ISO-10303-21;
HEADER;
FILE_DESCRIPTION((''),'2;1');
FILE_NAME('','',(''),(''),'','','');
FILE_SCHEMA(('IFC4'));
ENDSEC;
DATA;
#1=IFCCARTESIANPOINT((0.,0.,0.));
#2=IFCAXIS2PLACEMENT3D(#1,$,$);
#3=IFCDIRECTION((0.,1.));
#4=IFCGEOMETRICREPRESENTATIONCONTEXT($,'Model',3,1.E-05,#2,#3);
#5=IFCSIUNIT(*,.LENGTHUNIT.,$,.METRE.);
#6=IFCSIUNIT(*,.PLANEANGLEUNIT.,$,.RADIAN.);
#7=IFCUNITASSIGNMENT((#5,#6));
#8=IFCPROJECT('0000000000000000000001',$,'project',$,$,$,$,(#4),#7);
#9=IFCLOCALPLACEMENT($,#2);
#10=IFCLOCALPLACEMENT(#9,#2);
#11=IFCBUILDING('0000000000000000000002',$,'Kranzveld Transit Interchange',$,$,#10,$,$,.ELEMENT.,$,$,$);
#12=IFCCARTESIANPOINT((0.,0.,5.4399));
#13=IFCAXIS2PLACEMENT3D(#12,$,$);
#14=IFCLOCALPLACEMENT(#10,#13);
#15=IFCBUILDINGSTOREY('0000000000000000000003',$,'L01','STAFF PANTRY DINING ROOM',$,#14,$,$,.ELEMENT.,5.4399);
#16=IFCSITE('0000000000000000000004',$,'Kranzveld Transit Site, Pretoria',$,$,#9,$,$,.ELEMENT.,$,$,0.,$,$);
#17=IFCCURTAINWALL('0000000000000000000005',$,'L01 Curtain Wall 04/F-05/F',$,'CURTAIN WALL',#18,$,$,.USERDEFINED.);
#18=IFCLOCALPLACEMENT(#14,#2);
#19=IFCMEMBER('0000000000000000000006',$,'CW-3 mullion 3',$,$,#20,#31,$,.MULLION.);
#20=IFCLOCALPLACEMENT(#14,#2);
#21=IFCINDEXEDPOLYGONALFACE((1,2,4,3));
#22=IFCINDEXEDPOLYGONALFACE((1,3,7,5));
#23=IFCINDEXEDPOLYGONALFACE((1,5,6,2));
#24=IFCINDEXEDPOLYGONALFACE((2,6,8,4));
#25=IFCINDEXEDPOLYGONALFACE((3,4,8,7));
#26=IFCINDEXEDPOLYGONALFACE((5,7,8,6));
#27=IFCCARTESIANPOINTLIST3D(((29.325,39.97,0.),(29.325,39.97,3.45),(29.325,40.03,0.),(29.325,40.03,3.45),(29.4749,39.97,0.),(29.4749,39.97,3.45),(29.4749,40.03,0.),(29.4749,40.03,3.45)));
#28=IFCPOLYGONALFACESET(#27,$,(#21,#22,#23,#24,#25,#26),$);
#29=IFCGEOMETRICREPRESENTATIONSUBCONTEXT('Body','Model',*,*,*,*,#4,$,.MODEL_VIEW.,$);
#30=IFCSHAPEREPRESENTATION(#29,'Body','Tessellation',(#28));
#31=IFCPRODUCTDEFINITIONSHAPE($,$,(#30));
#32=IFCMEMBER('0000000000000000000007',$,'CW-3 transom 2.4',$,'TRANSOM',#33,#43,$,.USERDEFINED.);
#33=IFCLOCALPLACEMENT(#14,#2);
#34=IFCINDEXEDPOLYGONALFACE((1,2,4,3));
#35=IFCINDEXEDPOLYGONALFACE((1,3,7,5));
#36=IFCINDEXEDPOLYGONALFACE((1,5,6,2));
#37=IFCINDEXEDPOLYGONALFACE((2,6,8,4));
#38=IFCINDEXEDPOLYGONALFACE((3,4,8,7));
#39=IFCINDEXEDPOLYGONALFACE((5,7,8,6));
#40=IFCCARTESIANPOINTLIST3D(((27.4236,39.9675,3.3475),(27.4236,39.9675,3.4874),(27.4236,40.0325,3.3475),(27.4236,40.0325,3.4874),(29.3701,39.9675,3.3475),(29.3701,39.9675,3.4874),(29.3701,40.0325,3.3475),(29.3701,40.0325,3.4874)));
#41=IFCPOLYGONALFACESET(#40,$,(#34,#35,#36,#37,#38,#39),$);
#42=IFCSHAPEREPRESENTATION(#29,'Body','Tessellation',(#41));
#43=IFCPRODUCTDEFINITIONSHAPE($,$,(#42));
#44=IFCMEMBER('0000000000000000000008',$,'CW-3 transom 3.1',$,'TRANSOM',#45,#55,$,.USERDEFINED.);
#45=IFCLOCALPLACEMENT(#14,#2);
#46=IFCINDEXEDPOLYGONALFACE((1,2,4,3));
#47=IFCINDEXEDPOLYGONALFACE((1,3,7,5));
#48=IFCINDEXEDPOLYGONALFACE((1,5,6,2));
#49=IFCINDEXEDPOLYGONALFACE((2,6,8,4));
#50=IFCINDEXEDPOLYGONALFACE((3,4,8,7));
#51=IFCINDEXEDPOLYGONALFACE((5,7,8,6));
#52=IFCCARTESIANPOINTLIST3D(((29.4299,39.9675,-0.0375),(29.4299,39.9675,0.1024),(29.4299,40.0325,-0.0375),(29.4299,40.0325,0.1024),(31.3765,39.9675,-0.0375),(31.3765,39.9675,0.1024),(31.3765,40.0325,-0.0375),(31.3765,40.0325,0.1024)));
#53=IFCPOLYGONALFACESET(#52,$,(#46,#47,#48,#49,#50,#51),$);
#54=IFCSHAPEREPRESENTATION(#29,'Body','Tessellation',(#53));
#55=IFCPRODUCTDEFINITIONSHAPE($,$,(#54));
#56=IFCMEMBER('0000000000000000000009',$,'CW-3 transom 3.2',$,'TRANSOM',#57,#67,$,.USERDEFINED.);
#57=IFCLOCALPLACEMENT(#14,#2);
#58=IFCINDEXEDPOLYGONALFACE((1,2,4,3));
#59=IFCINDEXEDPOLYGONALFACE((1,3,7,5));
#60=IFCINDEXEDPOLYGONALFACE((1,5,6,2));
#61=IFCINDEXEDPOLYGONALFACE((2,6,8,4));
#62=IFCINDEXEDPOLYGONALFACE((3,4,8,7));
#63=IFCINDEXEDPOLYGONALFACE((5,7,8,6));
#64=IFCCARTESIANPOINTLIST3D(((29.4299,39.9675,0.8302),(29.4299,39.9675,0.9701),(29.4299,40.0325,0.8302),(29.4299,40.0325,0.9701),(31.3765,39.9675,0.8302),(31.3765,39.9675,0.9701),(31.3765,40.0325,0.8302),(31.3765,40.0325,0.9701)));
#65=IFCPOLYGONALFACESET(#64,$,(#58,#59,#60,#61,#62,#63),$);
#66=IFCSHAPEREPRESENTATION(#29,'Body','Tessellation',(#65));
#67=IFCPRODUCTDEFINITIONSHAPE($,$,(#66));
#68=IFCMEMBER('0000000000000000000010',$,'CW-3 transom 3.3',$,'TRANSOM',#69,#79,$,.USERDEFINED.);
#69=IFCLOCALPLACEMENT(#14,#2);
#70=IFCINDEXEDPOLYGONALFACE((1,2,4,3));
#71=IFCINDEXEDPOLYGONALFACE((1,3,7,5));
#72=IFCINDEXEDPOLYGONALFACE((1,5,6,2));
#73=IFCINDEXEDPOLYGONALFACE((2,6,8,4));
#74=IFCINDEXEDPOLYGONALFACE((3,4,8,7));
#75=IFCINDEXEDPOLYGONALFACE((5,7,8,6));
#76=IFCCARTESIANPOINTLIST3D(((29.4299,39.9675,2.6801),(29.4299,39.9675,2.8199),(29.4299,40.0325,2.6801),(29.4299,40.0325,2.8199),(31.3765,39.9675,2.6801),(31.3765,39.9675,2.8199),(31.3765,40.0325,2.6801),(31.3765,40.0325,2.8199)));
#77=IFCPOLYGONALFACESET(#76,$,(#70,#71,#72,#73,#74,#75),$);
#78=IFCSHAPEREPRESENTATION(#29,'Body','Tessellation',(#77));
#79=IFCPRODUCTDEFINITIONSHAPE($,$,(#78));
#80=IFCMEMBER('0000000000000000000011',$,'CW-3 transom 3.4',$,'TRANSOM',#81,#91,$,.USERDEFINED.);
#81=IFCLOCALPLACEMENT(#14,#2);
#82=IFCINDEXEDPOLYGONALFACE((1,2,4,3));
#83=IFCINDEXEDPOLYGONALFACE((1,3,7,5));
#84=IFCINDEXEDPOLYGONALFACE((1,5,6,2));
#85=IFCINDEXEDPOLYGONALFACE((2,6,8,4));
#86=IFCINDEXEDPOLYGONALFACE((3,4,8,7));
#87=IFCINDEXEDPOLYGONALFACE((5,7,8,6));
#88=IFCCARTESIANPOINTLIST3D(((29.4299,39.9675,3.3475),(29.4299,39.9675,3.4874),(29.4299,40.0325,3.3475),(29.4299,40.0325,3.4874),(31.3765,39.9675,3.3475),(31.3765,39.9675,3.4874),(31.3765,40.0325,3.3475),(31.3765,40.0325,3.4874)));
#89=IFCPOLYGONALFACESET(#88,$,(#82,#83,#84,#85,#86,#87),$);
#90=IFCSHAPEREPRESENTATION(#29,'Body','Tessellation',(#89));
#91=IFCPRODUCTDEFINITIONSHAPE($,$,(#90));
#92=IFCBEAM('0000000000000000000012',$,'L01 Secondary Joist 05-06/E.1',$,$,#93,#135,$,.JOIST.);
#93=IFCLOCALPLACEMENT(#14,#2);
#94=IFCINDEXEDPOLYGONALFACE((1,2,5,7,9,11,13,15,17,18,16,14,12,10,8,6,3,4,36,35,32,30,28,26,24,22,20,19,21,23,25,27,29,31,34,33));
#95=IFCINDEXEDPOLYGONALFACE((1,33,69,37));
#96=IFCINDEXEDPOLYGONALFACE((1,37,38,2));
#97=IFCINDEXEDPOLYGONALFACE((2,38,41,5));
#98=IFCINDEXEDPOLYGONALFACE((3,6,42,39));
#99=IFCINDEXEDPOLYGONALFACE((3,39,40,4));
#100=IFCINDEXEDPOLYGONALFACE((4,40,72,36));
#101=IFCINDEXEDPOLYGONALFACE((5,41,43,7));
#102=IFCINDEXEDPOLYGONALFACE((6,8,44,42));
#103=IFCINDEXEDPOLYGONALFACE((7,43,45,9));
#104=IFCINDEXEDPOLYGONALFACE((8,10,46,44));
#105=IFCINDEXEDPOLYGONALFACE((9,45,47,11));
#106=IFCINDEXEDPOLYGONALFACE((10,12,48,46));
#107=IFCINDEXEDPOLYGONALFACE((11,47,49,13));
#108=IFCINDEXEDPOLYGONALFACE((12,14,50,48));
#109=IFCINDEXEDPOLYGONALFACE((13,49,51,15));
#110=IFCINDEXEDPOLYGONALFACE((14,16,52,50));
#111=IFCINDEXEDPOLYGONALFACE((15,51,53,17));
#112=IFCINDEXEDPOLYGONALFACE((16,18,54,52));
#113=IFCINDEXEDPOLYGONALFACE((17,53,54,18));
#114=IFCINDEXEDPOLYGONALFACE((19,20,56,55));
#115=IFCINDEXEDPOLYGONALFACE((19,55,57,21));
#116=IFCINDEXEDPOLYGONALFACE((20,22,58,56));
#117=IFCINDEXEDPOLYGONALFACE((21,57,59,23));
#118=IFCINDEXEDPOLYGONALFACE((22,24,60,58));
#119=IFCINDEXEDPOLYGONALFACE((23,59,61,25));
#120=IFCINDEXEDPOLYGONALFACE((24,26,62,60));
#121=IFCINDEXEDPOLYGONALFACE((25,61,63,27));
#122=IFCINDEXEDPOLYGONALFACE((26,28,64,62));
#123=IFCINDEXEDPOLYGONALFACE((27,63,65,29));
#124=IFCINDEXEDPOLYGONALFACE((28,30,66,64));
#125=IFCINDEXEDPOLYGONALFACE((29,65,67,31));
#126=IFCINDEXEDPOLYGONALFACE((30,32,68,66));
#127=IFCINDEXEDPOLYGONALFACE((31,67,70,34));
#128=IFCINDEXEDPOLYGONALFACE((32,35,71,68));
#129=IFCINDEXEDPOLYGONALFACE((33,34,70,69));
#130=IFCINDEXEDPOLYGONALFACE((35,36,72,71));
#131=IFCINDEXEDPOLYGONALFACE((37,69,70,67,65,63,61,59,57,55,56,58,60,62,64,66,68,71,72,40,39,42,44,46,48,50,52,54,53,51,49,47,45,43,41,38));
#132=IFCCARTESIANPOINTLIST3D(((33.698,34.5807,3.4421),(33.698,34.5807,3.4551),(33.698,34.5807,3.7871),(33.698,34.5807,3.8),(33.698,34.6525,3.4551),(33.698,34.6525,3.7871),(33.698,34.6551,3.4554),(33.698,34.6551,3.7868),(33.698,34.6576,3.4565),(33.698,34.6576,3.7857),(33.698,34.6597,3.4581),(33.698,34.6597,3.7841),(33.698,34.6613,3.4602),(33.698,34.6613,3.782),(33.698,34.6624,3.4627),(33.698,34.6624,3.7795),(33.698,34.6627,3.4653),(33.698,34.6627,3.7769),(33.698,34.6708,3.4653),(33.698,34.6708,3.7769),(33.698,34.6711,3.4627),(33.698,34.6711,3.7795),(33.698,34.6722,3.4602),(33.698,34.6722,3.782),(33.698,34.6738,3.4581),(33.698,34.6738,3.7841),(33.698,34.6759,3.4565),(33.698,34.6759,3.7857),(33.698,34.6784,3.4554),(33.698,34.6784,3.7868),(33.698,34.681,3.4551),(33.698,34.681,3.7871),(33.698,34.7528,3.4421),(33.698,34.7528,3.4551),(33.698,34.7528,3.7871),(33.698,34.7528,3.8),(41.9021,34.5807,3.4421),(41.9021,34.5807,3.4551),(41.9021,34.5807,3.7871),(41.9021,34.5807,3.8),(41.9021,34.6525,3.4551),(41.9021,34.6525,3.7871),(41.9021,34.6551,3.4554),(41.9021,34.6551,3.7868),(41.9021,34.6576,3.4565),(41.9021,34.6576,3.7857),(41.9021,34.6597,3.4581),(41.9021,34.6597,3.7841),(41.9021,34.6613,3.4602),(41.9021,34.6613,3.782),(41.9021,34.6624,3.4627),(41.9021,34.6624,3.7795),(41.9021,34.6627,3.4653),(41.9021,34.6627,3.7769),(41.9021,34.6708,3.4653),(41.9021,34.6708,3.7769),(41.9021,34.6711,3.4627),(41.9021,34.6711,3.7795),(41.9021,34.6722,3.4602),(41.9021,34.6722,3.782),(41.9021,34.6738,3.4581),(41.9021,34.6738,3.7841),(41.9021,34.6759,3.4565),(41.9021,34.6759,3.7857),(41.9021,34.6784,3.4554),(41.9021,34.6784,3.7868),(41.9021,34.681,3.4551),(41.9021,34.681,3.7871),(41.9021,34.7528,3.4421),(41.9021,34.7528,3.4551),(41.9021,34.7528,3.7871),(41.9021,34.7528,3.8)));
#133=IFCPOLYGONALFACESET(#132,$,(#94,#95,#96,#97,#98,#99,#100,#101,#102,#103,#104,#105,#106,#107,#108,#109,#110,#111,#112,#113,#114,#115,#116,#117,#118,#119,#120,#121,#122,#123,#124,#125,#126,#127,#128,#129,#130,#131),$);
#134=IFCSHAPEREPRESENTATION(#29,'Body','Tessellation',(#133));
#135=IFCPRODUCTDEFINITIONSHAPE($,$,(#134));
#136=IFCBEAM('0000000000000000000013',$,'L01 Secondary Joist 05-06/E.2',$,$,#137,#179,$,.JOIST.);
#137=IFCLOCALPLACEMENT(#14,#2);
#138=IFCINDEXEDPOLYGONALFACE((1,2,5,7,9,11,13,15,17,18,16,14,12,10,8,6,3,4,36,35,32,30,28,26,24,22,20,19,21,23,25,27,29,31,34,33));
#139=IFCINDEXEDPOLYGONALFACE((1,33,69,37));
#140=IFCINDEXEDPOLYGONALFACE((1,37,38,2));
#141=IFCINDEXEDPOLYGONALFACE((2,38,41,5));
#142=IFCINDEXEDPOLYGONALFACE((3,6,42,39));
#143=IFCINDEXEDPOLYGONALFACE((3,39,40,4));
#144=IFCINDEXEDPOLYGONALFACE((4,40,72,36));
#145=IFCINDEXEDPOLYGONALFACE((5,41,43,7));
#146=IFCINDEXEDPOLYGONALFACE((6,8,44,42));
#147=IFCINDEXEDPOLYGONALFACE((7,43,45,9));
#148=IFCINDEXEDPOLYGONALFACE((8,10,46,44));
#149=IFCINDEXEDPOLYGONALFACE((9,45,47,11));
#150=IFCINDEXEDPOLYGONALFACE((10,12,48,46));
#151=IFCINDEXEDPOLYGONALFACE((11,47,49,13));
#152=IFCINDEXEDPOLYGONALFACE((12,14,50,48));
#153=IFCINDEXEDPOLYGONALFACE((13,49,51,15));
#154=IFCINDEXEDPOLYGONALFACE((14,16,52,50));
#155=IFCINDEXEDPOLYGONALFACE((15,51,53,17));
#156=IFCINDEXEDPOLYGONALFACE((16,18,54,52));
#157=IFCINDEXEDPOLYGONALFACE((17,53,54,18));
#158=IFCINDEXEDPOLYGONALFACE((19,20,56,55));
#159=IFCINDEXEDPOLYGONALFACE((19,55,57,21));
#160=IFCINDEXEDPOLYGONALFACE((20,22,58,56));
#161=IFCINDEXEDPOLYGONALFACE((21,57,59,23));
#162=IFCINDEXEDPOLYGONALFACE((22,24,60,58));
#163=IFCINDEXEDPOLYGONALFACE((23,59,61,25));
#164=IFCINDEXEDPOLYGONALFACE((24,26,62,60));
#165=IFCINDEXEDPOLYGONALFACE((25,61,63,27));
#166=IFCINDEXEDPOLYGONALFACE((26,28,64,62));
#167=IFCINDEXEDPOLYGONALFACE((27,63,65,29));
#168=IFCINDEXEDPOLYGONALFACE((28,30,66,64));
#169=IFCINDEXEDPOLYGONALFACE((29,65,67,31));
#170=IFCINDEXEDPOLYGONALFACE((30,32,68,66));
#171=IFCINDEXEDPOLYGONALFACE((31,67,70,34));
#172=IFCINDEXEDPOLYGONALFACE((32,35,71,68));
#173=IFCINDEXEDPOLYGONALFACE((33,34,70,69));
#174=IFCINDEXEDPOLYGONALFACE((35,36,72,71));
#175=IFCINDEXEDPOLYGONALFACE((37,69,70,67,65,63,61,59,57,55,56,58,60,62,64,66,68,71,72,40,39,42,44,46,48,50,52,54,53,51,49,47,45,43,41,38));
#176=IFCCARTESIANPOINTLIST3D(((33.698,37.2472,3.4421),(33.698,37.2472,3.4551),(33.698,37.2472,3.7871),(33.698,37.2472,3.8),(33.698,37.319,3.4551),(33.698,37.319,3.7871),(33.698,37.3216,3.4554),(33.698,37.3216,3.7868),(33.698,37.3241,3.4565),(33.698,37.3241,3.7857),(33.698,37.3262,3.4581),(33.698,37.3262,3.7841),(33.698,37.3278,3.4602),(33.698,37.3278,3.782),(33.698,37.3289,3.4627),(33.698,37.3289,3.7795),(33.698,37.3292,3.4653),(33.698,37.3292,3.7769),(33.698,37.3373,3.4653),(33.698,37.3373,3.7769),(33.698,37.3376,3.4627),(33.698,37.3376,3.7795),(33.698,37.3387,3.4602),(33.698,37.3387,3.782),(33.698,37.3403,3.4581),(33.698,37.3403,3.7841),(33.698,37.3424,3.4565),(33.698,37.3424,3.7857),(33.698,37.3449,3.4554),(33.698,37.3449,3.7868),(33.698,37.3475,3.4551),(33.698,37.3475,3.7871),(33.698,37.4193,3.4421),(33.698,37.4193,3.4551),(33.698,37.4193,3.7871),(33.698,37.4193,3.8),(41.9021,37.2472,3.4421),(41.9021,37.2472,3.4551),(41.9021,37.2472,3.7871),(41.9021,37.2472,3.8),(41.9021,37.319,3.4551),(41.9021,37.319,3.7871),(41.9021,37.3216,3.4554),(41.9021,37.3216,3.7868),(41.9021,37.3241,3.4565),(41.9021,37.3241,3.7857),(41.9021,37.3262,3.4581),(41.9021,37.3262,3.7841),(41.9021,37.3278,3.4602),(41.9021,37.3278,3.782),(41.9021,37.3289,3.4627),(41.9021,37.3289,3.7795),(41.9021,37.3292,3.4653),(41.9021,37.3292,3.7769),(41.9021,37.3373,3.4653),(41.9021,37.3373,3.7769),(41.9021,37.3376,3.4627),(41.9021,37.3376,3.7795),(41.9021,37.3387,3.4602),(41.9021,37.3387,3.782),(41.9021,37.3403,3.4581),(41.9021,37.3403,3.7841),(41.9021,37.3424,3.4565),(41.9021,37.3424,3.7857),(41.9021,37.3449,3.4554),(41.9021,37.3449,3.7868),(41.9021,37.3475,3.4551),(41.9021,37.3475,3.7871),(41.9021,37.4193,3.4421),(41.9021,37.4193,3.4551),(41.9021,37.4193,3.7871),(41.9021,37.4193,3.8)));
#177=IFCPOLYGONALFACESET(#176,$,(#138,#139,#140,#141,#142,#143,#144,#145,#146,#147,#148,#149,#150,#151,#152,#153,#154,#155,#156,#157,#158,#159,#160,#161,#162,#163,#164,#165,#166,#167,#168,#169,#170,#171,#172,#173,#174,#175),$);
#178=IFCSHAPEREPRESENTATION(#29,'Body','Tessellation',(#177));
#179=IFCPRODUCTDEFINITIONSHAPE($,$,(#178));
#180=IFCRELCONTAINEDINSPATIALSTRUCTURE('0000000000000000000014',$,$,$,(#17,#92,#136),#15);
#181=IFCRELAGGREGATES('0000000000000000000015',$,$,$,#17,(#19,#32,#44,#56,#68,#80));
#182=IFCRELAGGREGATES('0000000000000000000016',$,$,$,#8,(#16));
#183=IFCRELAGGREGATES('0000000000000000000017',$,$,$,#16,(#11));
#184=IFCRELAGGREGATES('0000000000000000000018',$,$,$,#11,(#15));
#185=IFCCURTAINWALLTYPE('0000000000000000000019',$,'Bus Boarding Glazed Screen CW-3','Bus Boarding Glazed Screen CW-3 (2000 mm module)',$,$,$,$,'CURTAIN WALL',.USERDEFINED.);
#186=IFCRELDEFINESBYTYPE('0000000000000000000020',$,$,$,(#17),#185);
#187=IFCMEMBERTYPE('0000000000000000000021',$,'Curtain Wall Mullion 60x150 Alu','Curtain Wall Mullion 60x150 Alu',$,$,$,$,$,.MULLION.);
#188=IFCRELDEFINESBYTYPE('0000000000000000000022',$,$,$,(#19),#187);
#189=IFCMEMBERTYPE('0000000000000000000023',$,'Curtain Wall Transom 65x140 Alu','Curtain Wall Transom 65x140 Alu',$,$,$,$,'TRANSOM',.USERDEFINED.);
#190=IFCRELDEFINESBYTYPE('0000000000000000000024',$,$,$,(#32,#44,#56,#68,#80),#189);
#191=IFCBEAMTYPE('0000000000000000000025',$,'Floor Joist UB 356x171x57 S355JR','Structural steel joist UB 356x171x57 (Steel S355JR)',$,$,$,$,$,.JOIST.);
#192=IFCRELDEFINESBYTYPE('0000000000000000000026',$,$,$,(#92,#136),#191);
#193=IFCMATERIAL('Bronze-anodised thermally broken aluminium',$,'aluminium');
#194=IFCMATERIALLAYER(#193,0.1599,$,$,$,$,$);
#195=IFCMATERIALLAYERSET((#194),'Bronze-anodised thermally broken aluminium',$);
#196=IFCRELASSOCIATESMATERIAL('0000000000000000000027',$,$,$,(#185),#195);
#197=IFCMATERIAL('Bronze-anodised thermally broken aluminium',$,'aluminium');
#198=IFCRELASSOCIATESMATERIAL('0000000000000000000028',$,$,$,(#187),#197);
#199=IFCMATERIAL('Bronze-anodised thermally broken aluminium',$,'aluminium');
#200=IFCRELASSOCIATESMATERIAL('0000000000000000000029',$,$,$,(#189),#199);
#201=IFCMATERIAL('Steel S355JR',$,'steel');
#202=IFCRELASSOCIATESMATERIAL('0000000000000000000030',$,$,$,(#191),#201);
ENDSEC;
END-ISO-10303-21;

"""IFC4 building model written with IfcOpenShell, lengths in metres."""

from ifc_helpers import new_model, si_unit, direction, frame, origin, origin_2d, place, context, subcontext, project, spatial, rectangle, i_section, extrude, material, layer, layer_set, material_profile, profile_set, type_object, element, aggregate, save


model = new_model("IFC4")

# Units and contexts
model_context = context("Model", 3, precision=1e-05, world=origin(), true_north=direction((0.0, 1.0)))
body_context = subcontext(model_context, "Body", "Model", "MODEL_VIEW")
ifc_project = project(units=[si_unit("LENGTHUNIT", "METRE"), si_unit("PLANEANGLEUNIT", "RADIAN")], contexts=[model_context])

# Site, building, storey
site_placement = place(None, origin())
site = spatial("IfcSite", under=ifc_project, at=site_placement, Name="Kranzveld Transit Site, Pretoria", CompositionType="ELEMENT", RefElevation=0.0)
building_placement = place(site_placement, origin())
building = spatial("IfcBuilding", under=site, at=building_placement, Name="Kranzveld Transit Interchange", CompositionType="ELEMENT")
storey_placement = place(building_placement, frame((0.0, 0.0, 5.4399)))
storey = spatial("IfcBuildingStorey", under=building, at=storey_placement, Name="L01", Description="STAFF PANTRY DINING ROOM", CompositionType="ELEMENT", Elevation=5.4399)

# Curtain wall, members
ifc_material_1 = material(Name="Bronze-anodised thermally broken aluminium", Category="aluminium")
ifc_layer_1 = layer(ifc_material_1, 0.1599)
ifc_layer_set_1 = layer_set([ifc_layer_1], Name="Bronze-anodised thermally broken aluminium")
curtain_wall_type = type_object("IfcCurtainWallType", Name="Bus Boarding Glazed Screen CW-3", Description="Bus Boarding Glazed Screen CW-3 (2000 mm module)", ElementType="CURTAIN WALL", PredefinedType="USERDEFINED", material=ifc_layer_set_1)
curtain_wall_placement = place(storey_placement, origin())
curtain_wall = element("IfcCurtainWall", 1, at=curtain_wall_placement, inside=storey, type_object=curtain_wall_type, Name="L01 Curtain Wall 04/F-05/F", ObjectType="CURTAIN WALL", PredefinedType="USERDEFINED")
ifc_material_2 = material(Name="Bronze-anodised thermally broken aluminium", Category="aluminium")
ifc_material_profile_1 = material_profile(ifc_material_2, rectangle(XDim=0.0601, YDim=0.1499, at=origin_2d()), Name="ALU MULLION 60x150")
ifc_profile_set_1 = profile_set([ifc_material_profile_1], Name="Bronze-anodised thermally broken aluminium")
member_type_1 = type_object("IfcMemberType", Name="Curtain Wall Mullion 60x150 Alu", Description="Curtain Wall Mullion 60x150 Alu", PredefinedType="MULLION", material=ifc_profile_set_1)
member_1_placement = place(storey_placement, frame((29.3999, 40.0, 0.0), z_axis=(0.0, 0.0, 1.0), x_axis=(0.0, 1.0, 0.0)))
member_1 = element("IfcMember", 2, at=member_1_placement, type_object=member_type_1, Name="CW-3 mullion 3", PredefinedType="MULLION", context=body_context, shape_type="SweptSolid", body=[
    extrude(rectangle(XDim=0.0601, YDim=0.1499, at=origin_2d()), origin(), (0.0, 0.0, 1.0), 3.45),
])
ifc_material_3 = material(Name="Bronze-anodised thermally broken aluminium", Category="aluminium")
ifc_material_profile_2 = material_profile(ifc_material_3, rectangle(XDim=0.0649, YDim=0.1399, at=origin_2d()), Name="ALU TRANSOM 65x140")
ifc_profile_set_2 = profile_set([ifc_material_profile_2], Name="Bronze-anodised thermally broken aluminium")
member_type_2 = type_object("IfcMemberType", Name="Curtain Wall Transom 65x140 Alu", Description="Curtain Wall Transom 65x140 Alu", ElementType="TRANSOM", PredefinedType="USERDEFINED", material=ifc_profile_set_2)
member_2_placement = place(storey_placement, frame((27.4236, 40.0, 3.4175), z_axis=(1.0, 0.0, 0.0), x_axis=(0.0, 1.0, 0.0)))
member_2 = element("IfcMember", 3, at=member_2_placement, type_object=member_type_2, Name="CW-3 transom 2.4", ObjectType="TRANSOM", PredefinedType="USERDEFINED", context=body_context, shape_type="SweptSolid", body=[
    extrude(rectangle(XDim=0.0649, YDim=0.1399, at=origin_2d()), origin(), (0.0, 0.0, 1.0), 1.9465),
])
member_3_placement = place(storey_placement, frame((29.4299, 40.0, 0.0325), z_axis=(1.0, 0.0, 0.0), x_axis=(0.0, 1.0, 0.0)))
member_3 = element("IfcMember", 4, at=member_3_placement, type_object=member_type_2, Name="CW-3 transom 3.1", ObjectType="TRANSOM", PredefinedType="USERDEFINED", context=body_context, shape_type="SweptSolid", body=[
    extrude(rectangle(XDim=0.0649, YDim=0.1399, at=origin_2d()), origin(), (0.0, 0.0, 1.0), 1.9465),
])
member_4_placement = place(storey_placement, frame((29.4299, 40.0, 0.9001), z_axis=(1.0, 0.0, 0.0), x_axis=(0.0, 1.0, 0.0)))
member_4 = element("IfcMember", 5, at=member_4_placement, type_object=member_type_2, Name="CW-3 transom 3.2", ObjectType="TRANSOM", PredefinedType="USERDEFINED", context=body_context, shape_type="SweptSolid", body=[
    extrude(rectangle(XDim=0.0649, YDim=0.1399, at=origin_2d()), origin(), (0.0, 0.0, 1.0), 1.9465),
])
member_5_placement = place(storey_placement, frame((29.4299, 40.0, 2.75), z_axis=(1.0, 0.0, 0.0), x_axis=(0.0, 1.0, 0.0)))
member_5 = element("IfcMember", 6, at=member_5_placement, type_object=member_type_2, Name="CW-3 transom 3.3", ObjectType="TRANSOM", PredefinedType="USERDEFINED", context=body_context, shape_type="SweptSolid", body=[
    extrude(rectangle(XDim=0.0649, YDim=0.1399, at=origin_2d()), origin(), (0.0, 0.0, 1.0), 1.9465),
])
member_6_placement = place(storey_placement, frame((29.4299, 40.0, 3.4175), z_axis=(1.0, 0.0, 0.0), x_axis=(0.0, 1.0, 0.0)))
member_6 = element("IfcMember", 7, at=member_6_placement, type_object=member_type_2, Name="CW-3 transom 3.4", ObjectType="TRANSOM", PredefinedType="USERDEFINED", context=body_context, shape_type="SweptSolid", body=[
    extrude(rectangle(XDim=0.0649, YDim=0.1399, at=origin_2d()), origin(), (0.0, 0.0, 1.0), 1.9465),
])

# Beams
ifc_material_4 = material(Name="Steel S355JR", Category="steel")
ifc_material_profile_3 = material_profile(ifc_material_4, i_section(OverallWidth=0.1721, OverallDepth=0.3579, WebThickness=0.0081, FlangeThickness=0.0129, FilletRadius=0.0103, at=origin_2d()), Name="UB 356x171x57")
ifc_profile_set_3 = profile_set([ifc_material_profile_3], Name="Steel S355JR")
beam_type_1 = type_object("IfcBeamType", Name="Floor Joist UB 356x171x57 S355JR", Description="Structural steel joist UB 356x171x57 (Steel S355JR)", PredefinedType="JOIST", material=ifc_profile_set_3)
for number, where, z_axis, x_axis, name in (
    (8, (33.698, 34.6667, 3.6211), (1.0, 0.0, 0.0), (0.0, 1.0, 0.0), "L01 Secondary Joist 05-06/E.1"),
    (9, (33.698, 37.3333, 3.6211), (1.0, 0.0, 0.0), (0.0, 1.0, 0.0), "L01 Secondary Joist 05-06/E.2"),
):
    element("IfcBeam", number, at=place(storey_placement, frame(where, z_axis=z_axis, x_axis=x_axis)), inside=storey, type_object=beam_type_1, Name=name, PredefinedType="JOIST", context=body_context, shape_type="SweptSolid", body=[
        extrude(i_section(OverallWidth=0.1721, OverallDepth=0.3579, WebThickness=0.0081, FlangeThickness=0.0129, FilletRadius=0.0103, at=origin_2d()), origin(), (0.0, 0.0, 1.0), 8.2041),
    ])

aggregate(curtain_wall, [member_1, member_2, member_3, member_4, member_5, member_6])

save(model, "model.ifc")
